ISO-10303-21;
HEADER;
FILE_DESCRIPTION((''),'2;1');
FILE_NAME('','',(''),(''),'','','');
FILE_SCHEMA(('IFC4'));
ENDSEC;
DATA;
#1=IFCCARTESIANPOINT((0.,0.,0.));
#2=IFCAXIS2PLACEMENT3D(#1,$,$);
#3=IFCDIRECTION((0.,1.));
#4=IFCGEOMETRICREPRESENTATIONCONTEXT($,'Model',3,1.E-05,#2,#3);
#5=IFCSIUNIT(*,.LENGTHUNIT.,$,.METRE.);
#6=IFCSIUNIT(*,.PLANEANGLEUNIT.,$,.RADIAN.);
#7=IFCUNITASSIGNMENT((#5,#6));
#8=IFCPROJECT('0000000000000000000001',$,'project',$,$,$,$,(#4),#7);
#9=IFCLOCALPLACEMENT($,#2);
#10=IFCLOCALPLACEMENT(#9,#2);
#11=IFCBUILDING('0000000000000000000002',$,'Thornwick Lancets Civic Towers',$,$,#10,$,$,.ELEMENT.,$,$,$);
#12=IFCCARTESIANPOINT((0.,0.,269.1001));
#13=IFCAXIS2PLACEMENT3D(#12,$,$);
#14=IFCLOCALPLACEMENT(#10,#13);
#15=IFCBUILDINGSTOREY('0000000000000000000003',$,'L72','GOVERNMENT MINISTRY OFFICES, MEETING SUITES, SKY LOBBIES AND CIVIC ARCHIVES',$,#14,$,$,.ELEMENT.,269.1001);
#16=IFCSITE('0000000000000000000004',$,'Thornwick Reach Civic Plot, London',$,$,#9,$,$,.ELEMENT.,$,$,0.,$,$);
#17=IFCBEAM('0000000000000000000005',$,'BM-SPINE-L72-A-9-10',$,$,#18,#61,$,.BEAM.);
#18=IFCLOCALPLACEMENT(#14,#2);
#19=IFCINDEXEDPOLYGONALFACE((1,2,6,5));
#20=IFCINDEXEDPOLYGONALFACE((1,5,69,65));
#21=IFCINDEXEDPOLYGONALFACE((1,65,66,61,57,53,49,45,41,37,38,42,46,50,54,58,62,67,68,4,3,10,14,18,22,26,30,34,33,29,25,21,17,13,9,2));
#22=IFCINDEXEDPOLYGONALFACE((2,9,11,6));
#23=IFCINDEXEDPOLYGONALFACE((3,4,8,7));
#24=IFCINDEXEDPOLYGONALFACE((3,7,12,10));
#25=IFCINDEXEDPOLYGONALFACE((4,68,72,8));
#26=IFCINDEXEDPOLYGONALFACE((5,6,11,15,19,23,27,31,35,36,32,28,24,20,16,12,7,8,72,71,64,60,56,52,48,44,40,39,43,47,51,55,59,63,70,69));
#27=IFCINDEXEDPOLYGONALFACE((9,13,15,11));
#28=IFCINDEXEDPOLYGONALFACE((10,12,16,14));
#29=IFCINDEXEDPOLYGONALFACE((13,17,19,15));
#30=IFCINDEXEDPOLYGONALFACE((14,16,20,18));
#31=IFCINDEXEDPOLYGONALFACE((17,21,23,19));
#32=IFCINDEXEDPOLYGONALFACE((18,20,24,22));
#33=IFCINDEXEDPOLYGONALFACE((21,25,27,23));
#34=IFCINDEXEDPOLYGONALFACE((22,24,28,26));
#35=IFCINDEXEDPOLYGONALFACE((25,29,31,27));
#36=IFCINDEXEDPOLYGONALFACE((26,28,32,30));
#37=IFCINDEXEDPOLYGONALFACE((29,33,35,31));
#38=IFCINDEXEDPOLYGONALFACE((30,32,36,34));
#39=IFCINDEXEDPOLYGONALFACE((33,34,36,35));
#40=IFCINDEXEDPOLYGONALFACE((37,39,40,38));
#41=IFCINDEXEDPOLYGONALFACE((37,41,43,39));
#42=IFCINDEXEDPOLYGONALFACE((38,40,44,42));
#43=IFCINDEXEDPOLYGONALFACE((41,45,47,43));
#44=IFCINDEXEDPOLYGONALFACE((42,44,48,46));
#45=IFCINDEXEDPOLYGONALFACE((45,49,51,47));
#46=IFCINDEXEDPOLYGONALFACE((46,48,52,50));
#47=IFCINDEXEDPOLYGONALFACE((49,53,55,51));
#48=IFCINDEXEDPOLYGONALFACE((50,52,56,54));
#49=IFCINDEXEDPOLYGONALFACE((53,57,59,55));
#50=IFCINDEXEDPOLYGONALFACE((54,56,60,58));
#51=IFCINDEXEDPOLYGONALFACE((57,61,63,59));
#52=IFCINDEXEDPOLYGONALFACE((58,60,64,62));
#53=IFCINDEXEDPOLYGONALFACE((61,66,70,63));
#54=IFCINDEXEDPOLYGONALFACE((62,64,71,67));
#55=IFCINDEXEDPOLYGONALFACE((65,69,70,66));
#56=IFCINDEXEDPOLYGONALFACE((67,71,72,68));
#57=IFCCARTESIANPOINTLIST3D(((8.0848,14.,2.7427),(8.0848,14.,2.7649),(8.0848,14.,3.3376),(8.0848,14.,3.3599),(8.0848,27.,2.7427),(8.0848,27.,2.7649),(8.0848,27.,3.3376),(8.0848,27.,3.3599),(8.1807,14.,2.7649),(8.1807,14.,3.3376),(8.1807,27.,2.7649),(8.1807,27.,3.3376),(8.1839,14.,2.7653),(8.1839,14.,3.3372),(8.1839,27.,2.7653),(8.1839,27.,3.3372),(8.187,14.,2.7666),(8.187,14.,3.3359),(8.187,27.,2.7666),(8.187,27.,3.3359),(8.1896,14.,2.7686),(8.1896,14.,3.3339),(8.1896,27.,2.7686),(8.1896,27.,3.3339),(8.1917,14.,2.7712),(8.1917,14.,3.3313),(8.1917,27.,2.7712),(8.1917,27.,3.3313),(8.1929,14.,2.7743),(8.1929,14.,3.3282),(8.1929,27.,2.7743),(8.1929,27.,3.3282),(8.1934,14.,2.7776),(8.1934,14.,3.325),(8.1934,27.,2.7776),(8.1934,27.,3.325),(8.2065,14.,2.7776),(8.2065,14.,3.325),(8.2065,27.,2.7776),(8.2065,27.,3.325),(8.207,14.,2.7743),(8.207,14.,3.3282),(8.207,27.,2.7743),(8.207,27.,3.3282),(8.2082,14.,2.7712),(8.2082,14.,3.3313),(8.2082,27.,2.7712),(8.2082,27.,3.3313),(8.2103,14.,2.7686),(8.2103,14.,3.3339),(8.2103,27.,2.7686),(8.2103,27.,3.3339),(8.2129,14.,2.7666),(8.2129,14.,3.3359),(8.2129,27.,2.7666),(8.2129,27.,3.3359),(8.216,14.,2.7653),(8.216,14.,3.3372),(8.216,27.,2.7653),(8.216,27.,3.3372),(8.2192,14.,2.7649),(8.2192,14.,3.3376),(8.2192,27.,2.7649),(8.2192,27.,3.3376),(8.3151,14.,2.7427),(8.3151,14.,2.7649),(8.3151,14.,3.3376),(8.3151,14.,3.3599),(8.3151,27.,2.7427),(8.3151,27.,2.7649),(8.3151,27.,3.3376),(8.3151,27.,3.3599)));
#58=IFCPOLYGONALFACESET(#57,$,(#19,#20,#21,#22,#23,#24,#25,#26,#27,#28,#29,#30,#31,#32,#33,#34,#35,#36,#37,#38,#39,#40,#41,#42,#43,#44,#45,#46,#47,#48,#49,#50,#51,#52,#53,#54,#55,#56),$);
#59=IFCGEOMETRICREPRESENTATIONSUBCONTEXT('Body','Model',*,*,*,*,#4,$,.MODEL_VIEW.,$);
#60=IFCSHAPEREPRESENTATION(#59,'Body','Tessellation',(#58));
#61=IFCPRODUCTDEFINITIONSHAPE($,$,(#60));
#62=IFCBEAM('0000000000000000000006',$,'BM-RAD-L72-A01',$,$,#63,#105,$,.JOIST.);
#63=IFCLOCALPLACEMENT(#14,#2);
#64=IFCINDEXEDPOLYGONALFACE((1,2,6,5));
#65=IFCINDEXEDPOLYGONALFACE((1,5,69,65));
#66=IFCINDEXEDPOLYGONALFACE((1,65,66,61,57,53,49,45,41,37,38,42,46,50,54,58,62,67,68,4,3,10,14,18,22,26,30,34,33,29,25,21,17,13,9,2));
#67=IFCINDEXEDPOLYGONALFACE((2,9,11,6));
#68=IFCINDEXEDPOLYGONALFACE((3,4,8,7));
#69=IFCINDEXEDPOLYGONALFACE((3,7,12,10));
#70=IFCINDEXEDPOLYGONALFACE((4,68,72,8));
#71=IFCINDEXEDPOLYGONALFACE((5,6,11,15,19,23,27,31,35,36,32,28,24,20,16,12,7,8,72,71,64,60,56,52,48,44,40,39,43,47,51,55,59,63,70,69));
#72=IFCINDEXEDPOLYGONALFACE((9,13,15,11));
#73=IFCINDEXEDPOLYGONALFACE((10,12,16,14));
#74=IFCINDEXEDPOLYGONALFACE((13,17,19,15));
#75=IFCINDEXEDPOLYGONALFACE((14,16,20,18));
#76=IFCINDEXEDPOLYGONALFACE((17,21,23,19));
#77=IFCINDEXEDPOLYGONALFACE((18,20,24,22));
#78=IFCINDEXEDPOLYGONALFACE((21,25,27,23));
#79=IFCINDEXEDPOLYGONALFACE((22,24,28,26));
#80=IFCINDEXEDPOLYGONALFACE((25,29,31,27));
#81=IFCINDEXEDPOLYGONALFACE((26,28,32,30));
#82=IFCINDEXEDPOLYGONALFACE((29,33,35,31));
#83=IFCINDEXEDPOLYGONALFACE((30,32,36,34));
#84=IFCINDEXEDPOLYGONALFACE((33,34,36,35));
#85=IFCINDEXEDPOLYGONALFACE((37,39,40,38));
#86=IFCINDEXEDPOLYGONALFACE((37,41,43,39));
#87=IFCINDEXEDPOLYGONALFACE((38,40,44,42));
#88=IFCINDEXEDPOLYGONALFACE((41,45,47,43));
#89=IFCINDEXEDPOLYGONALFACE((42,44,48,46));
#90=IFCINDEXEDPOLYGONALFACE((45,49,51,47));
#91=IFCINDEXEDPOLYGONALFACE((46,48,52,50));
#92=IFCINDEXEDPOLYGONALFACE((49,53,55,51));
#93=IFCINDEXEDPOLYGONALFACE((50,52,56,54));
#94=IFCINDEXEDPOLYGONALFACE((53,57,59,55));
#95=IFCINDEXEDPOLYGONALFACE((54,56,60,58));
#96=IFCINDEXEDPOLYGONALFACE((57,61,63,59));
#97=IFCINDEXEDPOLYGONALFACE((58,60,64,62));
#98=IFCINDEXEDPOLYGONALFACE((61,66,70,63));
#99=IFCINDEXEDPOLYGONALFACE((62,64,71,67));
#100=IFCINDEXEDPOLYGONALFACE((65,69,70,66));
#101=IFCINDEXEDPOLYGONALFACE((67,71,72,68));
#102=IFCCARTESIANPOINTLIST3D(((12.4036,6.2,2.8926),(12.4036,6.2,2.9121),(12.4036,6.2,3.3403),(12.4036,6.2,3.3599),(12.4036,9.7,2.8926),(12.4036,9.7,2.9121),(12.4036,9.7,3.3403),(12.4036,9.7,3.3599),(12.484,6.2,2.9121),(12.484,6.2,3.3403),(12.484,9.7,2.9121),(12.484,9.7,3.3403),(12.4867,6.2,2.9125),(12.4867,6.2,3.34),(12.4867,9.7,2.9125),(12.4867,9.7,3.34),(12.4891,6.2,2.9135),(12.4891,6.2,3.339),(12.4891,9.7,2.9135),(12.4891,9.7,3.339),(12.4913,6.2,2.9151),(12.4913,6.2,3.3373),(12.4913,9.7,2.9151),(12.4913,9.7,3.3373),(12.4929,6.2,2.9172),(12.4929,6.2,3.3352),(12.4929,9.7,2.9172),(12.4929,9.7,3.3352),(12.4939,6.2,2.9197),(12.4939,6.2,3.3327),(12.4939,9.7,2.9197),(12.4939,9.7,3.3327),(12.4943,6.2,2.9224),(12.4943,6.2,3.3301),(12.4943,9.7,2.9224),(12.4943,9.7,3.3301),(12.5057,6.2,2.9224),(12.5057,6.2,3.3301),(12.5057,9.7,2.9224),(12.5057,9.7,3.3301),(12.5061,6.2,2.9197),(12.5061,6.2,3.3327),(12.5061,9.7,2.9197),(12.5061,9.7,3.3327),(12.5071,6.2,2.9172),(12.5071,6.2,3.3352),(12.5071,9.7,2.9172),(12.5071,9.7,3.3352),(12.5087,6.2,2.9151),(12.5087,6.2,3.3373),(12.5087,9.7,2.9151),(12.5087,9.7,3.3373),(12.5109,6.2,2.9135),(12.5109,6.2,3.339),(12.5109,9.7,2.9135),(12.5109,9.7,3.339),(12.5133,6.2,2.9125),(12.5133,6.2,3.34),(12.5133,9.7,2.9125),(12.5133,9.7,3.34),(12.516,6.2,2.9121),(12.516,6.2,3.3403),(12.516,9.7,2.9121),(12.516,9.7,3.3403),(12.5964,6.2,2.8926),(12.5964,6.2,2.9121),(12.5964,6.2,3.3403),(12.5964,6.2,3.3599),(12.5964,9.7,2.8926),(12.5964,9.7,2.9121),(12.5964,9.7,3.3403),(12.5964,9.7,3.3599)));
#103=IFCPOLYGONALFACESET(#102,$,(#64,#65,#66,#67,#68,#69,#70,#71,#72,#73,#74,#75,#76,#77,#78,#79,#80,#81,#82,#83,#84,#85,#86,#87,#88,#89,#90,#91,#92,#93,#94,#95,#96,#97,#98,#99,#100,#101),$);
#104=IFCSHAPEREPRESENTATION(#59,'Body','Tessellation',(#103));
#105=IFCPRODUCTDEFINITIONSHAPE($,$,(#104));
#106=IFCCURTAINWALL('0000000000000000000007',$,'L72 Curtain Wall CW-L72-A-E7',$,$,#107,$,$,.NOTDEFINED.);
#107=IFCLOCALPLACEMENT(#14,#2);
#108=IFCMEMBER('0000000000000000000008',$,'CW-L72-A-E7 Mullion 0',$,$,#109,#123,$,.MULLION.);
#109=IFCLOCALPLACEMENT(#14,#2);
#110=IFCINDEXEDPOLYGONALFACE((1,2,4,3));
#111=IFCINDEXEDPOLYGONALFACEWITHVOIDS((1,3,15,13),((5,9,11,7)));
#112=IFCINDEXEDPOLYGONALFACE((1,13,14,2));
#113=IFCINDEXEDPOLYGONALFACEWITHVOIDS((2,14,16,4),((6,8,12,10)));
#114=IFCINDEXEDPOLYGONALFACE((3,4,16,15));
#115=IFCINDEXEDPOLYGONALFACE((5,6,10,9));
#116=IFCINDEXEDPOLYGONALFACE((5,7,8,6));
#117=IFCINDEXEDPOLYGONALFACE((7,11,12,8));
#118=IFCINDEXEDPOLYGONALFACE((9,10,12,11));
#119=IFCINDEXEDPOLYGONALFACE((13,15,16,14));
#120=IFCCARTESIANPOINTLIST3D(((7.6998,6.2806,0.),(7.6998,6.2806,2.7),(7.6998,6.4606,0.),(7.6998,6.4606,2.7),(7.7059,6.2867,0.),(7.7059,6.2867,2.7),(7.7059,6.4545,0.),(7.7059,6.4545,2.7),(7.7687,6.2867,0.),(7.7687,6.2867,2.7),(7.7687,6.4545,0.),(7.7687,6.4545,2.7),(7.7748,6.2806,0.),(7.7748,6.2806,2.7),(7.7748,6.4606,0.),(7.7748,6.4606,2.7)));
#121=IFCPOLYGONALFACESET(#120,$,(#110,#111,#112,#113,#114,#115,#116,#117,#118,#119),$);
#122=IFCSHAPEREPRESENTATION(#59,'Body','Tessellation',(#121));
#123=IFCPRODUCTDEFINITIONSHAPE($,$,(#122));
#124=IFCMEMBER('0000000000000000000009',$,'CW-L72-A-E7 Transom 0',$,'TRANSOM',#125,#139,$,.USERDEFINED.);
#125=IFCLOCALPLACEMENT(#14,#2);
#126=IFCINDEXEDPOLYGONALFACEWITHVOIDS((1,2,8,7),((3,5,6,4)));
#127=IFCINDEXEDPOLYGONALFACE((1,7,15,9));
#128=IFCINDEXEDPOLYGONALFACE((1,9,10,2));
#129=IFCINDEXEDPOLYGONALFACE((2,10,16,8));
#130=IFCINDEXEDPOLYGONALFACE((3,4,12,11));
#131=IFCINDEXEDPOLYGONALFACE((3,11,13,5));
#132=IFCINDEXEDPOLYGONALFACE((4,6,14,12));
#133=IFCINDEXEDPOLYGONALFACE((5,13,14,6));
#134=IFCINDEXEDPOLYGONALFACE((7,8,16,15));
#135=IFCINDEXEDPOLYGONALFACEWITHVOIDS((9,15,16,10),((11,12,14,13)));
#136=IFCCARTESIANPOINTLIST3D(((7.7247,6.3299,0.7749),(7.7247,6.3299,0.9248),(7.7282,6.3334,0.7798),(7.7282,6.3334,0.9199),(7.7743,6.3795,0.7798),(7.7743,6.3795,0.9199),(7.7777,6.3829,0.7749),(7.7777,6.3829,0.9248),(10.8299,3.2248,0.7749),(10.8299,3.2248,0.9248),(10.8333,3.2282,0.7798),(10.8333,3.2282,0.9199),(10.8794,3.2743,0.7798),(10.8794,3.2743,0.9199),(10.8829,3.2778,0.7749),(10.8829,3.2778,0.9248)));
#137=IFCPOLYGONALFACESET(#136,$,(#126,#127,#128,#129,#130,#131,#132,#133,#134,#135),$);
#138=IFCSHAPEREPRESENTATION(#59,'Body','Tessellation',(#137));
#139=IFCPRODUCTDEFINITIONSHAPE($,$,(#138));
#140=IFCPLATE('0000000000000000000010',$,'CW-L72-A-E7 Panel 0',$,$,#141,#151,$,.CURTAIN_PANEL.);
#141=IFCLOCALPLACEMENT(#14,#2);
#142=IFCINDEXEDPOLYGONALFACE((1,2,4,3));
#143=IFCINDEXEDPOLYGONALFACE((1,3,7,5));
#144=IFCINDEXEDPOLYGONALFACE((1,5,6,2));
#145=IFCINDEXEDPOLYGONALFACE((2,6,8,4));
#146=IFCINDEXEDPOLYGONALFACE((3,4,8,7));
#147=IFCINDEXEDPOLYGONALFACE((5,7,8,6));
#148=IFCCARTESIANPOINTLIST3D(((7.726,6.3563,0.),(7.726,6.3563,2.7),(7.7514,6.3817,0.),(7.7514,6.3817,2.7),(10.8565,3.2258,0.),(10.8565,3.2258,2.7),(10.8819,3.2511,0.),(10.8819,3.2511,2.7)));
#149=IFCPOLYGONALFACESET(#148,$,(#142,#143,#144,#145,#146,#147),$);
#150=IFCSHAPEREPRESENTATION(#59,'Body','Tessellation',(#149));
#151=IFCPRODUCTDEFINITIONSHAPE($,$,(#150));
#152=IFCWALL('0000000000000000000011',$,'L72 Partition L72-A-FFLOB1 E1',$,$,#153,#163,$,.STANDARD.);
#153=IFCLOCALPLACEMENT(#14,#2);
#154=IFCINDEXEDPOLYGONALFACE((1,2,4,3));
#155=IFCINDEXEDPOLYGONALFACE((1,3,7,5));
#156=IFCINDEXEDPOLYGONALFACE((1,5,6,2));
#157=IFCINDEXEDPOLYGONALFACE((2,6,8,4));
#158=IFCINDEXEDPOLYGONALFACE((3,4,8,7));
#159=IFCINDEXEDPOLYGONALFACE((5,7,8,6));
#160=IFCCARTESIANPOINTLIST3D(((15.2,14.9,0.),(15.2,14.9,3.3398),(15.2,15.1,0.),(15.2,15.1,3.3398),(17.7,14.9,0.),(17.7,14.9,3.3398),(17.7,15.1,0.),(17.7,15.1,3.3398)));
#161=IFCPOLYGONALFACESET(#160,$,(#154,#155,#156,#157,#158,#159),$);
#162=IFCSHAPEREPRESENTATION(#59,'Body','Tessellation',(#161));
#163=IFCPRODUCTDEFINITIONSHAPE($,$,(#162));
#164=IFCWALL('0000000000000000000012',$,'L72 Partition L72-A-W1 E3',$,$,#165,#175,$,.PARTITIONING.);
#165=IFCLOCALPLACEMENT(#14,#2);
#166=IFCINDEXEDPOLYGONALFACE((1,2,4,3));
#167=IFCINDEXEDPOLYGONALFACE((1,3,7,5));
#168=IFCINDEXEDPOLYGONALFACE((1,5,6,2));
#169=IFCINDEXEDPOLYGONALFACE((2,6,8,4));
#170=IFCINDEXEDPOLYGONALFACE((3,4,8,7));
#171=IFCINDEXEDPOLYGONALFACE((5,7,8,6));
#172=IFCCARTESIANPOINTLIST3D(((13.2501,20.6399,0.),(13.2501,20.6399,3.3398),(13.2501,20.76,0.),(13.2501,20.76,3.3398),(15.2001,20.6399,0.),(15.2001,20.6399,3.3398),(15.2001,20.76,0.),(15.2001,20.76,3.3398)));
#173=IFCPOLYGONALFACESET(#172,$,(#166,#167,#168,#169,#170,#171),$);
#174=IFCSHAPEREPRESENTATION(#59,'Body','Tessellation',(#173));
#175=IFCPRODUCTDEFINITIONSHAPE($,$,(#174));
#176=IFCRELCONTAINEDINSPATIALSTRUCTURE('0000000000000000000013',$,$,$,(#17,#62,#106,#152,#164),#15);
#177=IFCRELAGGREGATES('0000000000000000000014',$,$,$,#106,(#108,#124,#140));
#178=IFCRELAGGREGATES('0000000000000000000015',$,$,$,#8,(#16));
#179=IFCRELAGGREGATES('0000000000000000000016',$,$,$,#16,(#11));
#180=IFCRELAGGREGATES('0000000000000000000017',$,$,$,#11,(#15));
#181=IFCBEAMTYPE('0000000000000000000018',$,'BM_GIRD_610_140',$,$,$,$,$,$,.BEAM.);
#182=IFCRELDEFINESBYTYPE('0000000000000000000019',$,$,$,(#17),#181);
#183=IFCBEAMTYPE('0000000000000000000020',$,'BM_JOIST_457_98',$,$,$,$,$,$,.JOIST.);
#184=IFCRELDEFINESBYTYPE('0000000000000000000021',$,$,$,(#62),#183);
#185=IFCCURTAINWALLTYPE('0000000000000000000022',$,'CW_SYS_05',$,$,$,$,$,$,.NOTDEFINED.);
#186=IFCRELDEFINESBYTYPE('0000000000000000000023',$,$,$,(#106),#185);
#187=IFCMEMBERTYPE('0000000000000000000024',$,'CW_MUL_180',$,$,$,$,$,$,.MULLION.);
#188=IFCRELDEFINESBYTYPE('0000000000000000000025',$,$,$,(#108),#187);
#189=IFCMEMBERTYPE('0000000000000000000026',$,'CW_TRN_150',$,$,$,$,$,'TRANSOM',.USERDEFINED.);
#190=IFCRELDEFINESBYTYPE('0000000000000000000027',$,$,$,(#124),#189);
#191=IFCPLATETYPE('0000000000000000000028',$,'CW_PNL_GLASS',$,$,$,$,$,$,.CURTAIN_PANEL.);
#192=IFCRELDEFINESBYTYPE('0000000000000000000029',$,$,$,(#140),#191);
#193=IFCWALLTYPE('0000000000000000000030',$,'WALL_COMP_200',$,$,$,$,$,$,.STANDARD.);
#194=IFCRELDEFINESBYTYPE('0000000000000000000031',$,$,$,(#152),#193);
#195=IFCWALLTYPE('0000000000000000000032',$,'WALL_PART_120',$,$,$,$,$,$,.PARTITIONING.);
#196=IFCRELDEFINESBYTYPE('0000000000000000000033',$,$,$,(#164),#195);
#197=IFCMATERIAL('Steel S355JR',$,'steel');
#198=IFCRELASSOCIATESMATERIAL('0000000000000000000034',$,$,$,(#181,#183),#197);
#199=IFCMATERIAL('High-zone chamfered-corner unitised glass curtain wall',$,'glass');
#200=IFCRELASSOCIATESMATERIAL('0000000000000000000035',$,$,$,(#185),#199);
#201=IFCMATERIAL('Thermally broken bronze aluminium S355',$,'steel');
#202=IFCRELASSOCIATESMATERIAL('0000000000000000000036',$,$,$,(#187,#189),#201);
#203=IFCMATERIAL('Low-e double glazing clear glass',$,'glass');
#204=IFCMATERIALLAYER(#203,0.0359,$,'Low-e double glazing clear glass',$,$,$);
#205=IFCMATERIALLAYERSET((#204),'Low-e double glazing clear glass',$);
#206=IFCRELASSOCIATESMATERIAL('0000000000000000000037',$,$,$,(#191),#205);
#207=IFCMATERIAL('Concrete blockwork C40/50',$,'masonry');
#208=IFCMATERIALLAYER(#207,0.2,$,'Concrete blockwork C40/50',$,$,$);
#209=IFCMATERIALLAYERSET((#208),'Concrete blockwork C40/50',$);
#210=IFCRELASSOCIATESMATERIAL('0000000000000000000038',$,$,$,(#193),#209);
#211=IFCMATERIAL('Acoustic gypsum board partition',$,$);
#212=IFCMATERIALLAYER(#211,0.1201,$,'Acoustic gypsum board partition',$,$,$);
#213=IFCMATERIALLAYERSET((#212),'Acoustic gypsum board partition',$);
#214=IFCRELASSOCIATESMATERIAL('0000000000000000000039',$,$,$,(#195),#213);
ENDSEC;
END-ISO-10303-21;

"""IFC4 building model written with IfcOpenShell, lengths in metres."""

from ifc_helpers import new_model, si_unit, direction, frame, frame_2d, origin, origin_2d, place, context, subcontext, project, spatial, rectangle, hollow_rectangle, i_section, extrude, material, layer, layer_set, material_profile, profile_set, type_object, element, aggregate, save


model = new_model("IFC4")

# Units and contexts
model_context = context("Model", 3, precision=1e-05, world=origin(), true_north=direction((0.0, 1.0)))
body_context = subcontext(model_context, "Body", "Model", "MODEL_VIEW")
ifc_project = project(units=[si_unit("LENGTHUNIT", "METRE"), si_unit("PLANEANGLEUNIT", "RADIAN")], contexts=[model_context])

# Site, building, storey
site_placement = place(None, origin())
site = spatial("IfcSite", under=ifc_project, at=site_placement, Name="Thornwick Reach Civic Plot, London", CompositionType="ELEMENT", RefElevation=0.0)
building_placement = place(site_placement, origin())
building = spatial("IfcBuilding", under=site, at=building_placement, Name="Thornwick Lancets Civic Towers", CompositionType="ELEMENT")
storey_placement = place(building_placement, frame((0.0, 0.0, 269.1001)))
storey = spatial("IfcBuildingStorey", under=building, at=storey_placement, Name="L72", Description="GOVERNMENT MINISTRY OFFICES, MEETING SUITES, SKY LOBBIES AND CIVIC ARCHIVES", CompositionType="ELEMENT", Elevation=269.1001)

# Shared definitions
ifc_material_1 = material(Name="Steel S355JR", Category="steel")

# Beams
ifc_material_profile_1 = material_profile(ifc_material_1, i_section(OverallWidth=0.2302, OverallDepth=0.6172, WebThickness=0.0132, FlangeThickness=0.0222, FilletRadius=0.0127, at=origin_2d()), Name="UKB 610x229x140")
ifc_profile_set_1 = profile_set([ifc_material_profile_1], Name="Steel S355JR")
beam_type_1 = type_object("IfcBeamType", Name="BM_GIRD_610_140", PredefinedType="BEAM", material=ifc_profile_set_1)
for number, where, z_axis, x_axis, name in (
    (1, (8.2, 14.0, 3.0513), (0.0, 1.0, 0.0), (-1.0, 0.0, 0.0), "BM-SPINE-L72-A-9-10"),
):
    element("IfcBeam", number, at=place(storey_placement, frame(where, z_axis=z_axis, x_axis=x_axis)), inside=storey, type_object=beam_type_1, Name=name, PredefinedType="BEAM", context=body_context, shape_type="SweptSolid", body=[
        extrude(i_section(OverallWidth=0.2302, OverallDepth=0.6172, WebThickness=0.0132, FlangeThickness=0.0222, FilletRadius=0.0127, at=origin_2d()), origin(), (0.0, 0.0, 1.0), 13.0),
    ])
ifc_material_profile_2 = material_profile(ifc_material_1, i_section(OverallWidth=0.1929, OverallDepth=0.4673, WebThickness=0.0115, FlangeThickness=0.0195, FilletRadius=0.0103, at=origin_2d()), Name="UKB 457x191x98")
ifc_profile_set_2 = profile_set([ifc_material_profile_2], Name="Steel S355JR")
beam_type_2 = type_object("IfcBeamType", Name="BM_JOIST_457_98", PredefinedType="JOIST", material=ifc_profile_set_2)
beam_1_placement = place(storey_placement, frame((12.5, 9.7, 3.1262), z_axis=(0.0, -1.0, 0.0), x_axis=(1.0, 0.0, 0.0)))
element("IfcBeam", 2, at=beam_1_placement, inside=storey, type_object=beam_type_2, Name="BM-RAD-L72-A01", PredefinedType="JOIST", context=body_context, shape_type="SweptSolid", body=[
    extrude(i_section(OverallWidth=0.1929, OverallDepth=0.4673, WebThickness=0.0115, FlangeThickness=0.0195, FilletRadius=0.0103, at=origin_2d()), origin(), (0.0, 0.0, 1.0), 3.5),
])

# Curtain wall, members, plate
ifc_material_2 = material(Name="High-zone chamfered-corner unitised glass curtain wall", Category="glass")
curtain_wall_type = type_object("IfcCurtainWallType", Name="CW_SYS_05", PredefinedType="NOTDEFINED", material=ifc_material_2)
curtain_wall_placement = place(storey_placement, origin())
curtain_wall = element("IfcCurtainWall", 3, at=curtain_wall_placement, inside=storey, type_object=curtain_wall_type, Name="L72 Curtain Wall CW-L72-A-E7", PredefinedType="NOTDEFINED")
ifc_material_3 = material(Name="Thermally broken bronze aluminium S355", Category="steel")
ifc_material_profile_3 = material_profile(ifc_material_3, hollow_rectangle(XDim=0.075, YDim=0.1799, WallThickness=0.0061, at=origin_2d()), Name="RHS 180x75x6")
ifc_profile_set_3 = profile_set([ifc_material_profile_3], Name="Thermally broken bronze aluminium S355")
member_type_1 = type_object("IfcMemberType", Name="CW_MUL_180", PredefinedType="MULLION", material=ifc_profile_set_3)
member_1_placement = place(storey_placement, frame((7.7373, 6.3706, 0.0), z_axis=(0.0, 0.0, 1.0), x_axis=(1.0, 0.0, 0.0)))
member_1 = element("IfcMember", 4, at=member_1_placement, type_object=member_type_1, Name="CW-L72-A-E7 Mullion 0", PredefinedType="MULLION", context=body_context, shape_type="SweptSolid", body=[
    extrude(hollow_rectangle(XDim=0.075, YDim=0.1799, WallThickness=0.0061, at=origin_2d()), origin(), (0.0, 0.0, 1.0), 2.7),
])
ifc_material_profile_4 = material_profile(ifc_material_3, hollow_rectangle(XDim=0.075, YDim=0.1499, WallThickness=0.0049, at=origin_2d()), Name="RHS 150x75x5")
ifc_profile_set_4 = profile_set([ifc_material_profile_4], Name="Thermally broken bronze aluminium S355")
member_type_2 = type_object("IfcMemberType", Name="CW_TRN_150", ElementType="TRANSOM", PredefinedType="USERDEFINED", material=ifc_profile_set_4)
member_2_placement = place(storey_placement, frame((7.7512, 6.3564, 0.8499), z_axis=(0.707107, -0.707107, 0.0), x_axis=(0.707107, 0.707107, 0.0)))
member_2 = element("IfcMember", 5, at=member_2_placement, type_object=member_type_2, Name="CW-L72-A-E7 Transom 0", ObjectType="TRANSOM", PredefinedType="USERDEFINED", context=body_context, shape_type="SweptSolid", body=[
    extrude(hollow_rectangle(XDim=0.075, YDim=0.1499, WallThickness=0.0049, at=origin_2d()), origin(), (0.0, 0.0, 1.0), 4.3914),
])
ifc_material_4 = material(Name="Low-e double glazing clear glass", Category="glass")
ifc_layer_1 = layer(ifc_material_4, 0.0359, Name="Low-e double glazing clear glass")
ifc_layer_set_1 = layer_set([ifc_layer_1], Name="Low-e double glazing clear glass")
plate_type = type_object("IfcPlateType", Name="CW_PNL_GLASS", PredefinedType="CURTAIN_PANEL", material=ifc_layer_set_1)
plate_placement = place(storey_placement, frame((9.304, 4.8037, 0.0), z_axis=(0.0, 0.0, 1.0), x_axis=(0.707107, -0.707107, 0.0)))
plate = element("IfcPlate", 6, at=plate_placement, type_object=plate_type, Name="CW-L72-A-E7 Panel 0", PredefinedType="CURTAIN_PANEL", context=body_context, shape_type="SweptSolid", body=[
    extrude(rectangle(XDim=4.4272, YDim=0.0359, at=origin_2d()), origin(), (0.0, 0.0, 1.0), 2.7),
])
aggregate(curtain_wall, [member_1, member_2, plate])

# Walls
ifc_material_5 = material(Name="Concrete blockwork C40/50", Category="masonry")
ifc_layer_2 = layer(ifc_material_5, 0.2, Name="Concrete blockwork C40/50")
ifc_layer_set_2 = layer_set([ifc_layer_2], Name="Concrete blockwork C40/50")
wall_type_1 = type_object("IfcWallType", Name="WALL_COMP_200", PredefinedType="STANDARD", material=ifc_layer_set_2)
wall_1_placement = place(storey_placement, frame((15.2, 15.0, 0.0), z_axis=(0.0, 0.0, 1.0), x_axis=(1.0, 0.0, 0.0)))
element("IfcWall", 7, at=wall_1_placement, inside=storey, type_object=wall_type_1, Name="L72 Partition L72-A-FFLOB1 E1", PredefinedType="STANDARD", context=body_context, shape_type="SweptSolid", body=[
    extrude(rectangle(XDim=2.5, YDim=0.2, at=frame_2d((1.25, 0.0))), origin(), (0.0, 0.0, 1.0), 3.3398),
])
ifc_material_6 = material(Name="Acoustic gypsum board partition")
ifc_layer_3 = layer(ifc_material_6, 0.1201, Name="Acoustic gypsum board partition")
ifc_layer_set_3 = layer_set([ifc_layer_3], Name="Acoustic gypsum board partition")
wall_type_2 = type_object("IfcWallType", Name="WALL_PART_120", PredefinedType="PARTITIONING", material=ifc_layer_set_3)
wall_2_placement = place(storey_placement, frame((13.25, 20.7, 0.0), z_axis=(0.0, 0.0, 1.0), x_axis=(1.0, 0.0, 0.0)))
element("IfcWall", 8, at=wall_2_placement, inside=storey, type_object=wall_type_2, Name="L72 Partition L72-A-W1 E3", PredefinedType="PARTITIONING", context=body_context, shape_type="SweptSolid", body=[
    extrude(rectangle(XDim=1.95, YDim=0.1201, at=frame_2d((0.9751, 0.0))), origin(), (0.0, 0.0, 1.0), 3.3398),
])

save(model, "model.ifc")
